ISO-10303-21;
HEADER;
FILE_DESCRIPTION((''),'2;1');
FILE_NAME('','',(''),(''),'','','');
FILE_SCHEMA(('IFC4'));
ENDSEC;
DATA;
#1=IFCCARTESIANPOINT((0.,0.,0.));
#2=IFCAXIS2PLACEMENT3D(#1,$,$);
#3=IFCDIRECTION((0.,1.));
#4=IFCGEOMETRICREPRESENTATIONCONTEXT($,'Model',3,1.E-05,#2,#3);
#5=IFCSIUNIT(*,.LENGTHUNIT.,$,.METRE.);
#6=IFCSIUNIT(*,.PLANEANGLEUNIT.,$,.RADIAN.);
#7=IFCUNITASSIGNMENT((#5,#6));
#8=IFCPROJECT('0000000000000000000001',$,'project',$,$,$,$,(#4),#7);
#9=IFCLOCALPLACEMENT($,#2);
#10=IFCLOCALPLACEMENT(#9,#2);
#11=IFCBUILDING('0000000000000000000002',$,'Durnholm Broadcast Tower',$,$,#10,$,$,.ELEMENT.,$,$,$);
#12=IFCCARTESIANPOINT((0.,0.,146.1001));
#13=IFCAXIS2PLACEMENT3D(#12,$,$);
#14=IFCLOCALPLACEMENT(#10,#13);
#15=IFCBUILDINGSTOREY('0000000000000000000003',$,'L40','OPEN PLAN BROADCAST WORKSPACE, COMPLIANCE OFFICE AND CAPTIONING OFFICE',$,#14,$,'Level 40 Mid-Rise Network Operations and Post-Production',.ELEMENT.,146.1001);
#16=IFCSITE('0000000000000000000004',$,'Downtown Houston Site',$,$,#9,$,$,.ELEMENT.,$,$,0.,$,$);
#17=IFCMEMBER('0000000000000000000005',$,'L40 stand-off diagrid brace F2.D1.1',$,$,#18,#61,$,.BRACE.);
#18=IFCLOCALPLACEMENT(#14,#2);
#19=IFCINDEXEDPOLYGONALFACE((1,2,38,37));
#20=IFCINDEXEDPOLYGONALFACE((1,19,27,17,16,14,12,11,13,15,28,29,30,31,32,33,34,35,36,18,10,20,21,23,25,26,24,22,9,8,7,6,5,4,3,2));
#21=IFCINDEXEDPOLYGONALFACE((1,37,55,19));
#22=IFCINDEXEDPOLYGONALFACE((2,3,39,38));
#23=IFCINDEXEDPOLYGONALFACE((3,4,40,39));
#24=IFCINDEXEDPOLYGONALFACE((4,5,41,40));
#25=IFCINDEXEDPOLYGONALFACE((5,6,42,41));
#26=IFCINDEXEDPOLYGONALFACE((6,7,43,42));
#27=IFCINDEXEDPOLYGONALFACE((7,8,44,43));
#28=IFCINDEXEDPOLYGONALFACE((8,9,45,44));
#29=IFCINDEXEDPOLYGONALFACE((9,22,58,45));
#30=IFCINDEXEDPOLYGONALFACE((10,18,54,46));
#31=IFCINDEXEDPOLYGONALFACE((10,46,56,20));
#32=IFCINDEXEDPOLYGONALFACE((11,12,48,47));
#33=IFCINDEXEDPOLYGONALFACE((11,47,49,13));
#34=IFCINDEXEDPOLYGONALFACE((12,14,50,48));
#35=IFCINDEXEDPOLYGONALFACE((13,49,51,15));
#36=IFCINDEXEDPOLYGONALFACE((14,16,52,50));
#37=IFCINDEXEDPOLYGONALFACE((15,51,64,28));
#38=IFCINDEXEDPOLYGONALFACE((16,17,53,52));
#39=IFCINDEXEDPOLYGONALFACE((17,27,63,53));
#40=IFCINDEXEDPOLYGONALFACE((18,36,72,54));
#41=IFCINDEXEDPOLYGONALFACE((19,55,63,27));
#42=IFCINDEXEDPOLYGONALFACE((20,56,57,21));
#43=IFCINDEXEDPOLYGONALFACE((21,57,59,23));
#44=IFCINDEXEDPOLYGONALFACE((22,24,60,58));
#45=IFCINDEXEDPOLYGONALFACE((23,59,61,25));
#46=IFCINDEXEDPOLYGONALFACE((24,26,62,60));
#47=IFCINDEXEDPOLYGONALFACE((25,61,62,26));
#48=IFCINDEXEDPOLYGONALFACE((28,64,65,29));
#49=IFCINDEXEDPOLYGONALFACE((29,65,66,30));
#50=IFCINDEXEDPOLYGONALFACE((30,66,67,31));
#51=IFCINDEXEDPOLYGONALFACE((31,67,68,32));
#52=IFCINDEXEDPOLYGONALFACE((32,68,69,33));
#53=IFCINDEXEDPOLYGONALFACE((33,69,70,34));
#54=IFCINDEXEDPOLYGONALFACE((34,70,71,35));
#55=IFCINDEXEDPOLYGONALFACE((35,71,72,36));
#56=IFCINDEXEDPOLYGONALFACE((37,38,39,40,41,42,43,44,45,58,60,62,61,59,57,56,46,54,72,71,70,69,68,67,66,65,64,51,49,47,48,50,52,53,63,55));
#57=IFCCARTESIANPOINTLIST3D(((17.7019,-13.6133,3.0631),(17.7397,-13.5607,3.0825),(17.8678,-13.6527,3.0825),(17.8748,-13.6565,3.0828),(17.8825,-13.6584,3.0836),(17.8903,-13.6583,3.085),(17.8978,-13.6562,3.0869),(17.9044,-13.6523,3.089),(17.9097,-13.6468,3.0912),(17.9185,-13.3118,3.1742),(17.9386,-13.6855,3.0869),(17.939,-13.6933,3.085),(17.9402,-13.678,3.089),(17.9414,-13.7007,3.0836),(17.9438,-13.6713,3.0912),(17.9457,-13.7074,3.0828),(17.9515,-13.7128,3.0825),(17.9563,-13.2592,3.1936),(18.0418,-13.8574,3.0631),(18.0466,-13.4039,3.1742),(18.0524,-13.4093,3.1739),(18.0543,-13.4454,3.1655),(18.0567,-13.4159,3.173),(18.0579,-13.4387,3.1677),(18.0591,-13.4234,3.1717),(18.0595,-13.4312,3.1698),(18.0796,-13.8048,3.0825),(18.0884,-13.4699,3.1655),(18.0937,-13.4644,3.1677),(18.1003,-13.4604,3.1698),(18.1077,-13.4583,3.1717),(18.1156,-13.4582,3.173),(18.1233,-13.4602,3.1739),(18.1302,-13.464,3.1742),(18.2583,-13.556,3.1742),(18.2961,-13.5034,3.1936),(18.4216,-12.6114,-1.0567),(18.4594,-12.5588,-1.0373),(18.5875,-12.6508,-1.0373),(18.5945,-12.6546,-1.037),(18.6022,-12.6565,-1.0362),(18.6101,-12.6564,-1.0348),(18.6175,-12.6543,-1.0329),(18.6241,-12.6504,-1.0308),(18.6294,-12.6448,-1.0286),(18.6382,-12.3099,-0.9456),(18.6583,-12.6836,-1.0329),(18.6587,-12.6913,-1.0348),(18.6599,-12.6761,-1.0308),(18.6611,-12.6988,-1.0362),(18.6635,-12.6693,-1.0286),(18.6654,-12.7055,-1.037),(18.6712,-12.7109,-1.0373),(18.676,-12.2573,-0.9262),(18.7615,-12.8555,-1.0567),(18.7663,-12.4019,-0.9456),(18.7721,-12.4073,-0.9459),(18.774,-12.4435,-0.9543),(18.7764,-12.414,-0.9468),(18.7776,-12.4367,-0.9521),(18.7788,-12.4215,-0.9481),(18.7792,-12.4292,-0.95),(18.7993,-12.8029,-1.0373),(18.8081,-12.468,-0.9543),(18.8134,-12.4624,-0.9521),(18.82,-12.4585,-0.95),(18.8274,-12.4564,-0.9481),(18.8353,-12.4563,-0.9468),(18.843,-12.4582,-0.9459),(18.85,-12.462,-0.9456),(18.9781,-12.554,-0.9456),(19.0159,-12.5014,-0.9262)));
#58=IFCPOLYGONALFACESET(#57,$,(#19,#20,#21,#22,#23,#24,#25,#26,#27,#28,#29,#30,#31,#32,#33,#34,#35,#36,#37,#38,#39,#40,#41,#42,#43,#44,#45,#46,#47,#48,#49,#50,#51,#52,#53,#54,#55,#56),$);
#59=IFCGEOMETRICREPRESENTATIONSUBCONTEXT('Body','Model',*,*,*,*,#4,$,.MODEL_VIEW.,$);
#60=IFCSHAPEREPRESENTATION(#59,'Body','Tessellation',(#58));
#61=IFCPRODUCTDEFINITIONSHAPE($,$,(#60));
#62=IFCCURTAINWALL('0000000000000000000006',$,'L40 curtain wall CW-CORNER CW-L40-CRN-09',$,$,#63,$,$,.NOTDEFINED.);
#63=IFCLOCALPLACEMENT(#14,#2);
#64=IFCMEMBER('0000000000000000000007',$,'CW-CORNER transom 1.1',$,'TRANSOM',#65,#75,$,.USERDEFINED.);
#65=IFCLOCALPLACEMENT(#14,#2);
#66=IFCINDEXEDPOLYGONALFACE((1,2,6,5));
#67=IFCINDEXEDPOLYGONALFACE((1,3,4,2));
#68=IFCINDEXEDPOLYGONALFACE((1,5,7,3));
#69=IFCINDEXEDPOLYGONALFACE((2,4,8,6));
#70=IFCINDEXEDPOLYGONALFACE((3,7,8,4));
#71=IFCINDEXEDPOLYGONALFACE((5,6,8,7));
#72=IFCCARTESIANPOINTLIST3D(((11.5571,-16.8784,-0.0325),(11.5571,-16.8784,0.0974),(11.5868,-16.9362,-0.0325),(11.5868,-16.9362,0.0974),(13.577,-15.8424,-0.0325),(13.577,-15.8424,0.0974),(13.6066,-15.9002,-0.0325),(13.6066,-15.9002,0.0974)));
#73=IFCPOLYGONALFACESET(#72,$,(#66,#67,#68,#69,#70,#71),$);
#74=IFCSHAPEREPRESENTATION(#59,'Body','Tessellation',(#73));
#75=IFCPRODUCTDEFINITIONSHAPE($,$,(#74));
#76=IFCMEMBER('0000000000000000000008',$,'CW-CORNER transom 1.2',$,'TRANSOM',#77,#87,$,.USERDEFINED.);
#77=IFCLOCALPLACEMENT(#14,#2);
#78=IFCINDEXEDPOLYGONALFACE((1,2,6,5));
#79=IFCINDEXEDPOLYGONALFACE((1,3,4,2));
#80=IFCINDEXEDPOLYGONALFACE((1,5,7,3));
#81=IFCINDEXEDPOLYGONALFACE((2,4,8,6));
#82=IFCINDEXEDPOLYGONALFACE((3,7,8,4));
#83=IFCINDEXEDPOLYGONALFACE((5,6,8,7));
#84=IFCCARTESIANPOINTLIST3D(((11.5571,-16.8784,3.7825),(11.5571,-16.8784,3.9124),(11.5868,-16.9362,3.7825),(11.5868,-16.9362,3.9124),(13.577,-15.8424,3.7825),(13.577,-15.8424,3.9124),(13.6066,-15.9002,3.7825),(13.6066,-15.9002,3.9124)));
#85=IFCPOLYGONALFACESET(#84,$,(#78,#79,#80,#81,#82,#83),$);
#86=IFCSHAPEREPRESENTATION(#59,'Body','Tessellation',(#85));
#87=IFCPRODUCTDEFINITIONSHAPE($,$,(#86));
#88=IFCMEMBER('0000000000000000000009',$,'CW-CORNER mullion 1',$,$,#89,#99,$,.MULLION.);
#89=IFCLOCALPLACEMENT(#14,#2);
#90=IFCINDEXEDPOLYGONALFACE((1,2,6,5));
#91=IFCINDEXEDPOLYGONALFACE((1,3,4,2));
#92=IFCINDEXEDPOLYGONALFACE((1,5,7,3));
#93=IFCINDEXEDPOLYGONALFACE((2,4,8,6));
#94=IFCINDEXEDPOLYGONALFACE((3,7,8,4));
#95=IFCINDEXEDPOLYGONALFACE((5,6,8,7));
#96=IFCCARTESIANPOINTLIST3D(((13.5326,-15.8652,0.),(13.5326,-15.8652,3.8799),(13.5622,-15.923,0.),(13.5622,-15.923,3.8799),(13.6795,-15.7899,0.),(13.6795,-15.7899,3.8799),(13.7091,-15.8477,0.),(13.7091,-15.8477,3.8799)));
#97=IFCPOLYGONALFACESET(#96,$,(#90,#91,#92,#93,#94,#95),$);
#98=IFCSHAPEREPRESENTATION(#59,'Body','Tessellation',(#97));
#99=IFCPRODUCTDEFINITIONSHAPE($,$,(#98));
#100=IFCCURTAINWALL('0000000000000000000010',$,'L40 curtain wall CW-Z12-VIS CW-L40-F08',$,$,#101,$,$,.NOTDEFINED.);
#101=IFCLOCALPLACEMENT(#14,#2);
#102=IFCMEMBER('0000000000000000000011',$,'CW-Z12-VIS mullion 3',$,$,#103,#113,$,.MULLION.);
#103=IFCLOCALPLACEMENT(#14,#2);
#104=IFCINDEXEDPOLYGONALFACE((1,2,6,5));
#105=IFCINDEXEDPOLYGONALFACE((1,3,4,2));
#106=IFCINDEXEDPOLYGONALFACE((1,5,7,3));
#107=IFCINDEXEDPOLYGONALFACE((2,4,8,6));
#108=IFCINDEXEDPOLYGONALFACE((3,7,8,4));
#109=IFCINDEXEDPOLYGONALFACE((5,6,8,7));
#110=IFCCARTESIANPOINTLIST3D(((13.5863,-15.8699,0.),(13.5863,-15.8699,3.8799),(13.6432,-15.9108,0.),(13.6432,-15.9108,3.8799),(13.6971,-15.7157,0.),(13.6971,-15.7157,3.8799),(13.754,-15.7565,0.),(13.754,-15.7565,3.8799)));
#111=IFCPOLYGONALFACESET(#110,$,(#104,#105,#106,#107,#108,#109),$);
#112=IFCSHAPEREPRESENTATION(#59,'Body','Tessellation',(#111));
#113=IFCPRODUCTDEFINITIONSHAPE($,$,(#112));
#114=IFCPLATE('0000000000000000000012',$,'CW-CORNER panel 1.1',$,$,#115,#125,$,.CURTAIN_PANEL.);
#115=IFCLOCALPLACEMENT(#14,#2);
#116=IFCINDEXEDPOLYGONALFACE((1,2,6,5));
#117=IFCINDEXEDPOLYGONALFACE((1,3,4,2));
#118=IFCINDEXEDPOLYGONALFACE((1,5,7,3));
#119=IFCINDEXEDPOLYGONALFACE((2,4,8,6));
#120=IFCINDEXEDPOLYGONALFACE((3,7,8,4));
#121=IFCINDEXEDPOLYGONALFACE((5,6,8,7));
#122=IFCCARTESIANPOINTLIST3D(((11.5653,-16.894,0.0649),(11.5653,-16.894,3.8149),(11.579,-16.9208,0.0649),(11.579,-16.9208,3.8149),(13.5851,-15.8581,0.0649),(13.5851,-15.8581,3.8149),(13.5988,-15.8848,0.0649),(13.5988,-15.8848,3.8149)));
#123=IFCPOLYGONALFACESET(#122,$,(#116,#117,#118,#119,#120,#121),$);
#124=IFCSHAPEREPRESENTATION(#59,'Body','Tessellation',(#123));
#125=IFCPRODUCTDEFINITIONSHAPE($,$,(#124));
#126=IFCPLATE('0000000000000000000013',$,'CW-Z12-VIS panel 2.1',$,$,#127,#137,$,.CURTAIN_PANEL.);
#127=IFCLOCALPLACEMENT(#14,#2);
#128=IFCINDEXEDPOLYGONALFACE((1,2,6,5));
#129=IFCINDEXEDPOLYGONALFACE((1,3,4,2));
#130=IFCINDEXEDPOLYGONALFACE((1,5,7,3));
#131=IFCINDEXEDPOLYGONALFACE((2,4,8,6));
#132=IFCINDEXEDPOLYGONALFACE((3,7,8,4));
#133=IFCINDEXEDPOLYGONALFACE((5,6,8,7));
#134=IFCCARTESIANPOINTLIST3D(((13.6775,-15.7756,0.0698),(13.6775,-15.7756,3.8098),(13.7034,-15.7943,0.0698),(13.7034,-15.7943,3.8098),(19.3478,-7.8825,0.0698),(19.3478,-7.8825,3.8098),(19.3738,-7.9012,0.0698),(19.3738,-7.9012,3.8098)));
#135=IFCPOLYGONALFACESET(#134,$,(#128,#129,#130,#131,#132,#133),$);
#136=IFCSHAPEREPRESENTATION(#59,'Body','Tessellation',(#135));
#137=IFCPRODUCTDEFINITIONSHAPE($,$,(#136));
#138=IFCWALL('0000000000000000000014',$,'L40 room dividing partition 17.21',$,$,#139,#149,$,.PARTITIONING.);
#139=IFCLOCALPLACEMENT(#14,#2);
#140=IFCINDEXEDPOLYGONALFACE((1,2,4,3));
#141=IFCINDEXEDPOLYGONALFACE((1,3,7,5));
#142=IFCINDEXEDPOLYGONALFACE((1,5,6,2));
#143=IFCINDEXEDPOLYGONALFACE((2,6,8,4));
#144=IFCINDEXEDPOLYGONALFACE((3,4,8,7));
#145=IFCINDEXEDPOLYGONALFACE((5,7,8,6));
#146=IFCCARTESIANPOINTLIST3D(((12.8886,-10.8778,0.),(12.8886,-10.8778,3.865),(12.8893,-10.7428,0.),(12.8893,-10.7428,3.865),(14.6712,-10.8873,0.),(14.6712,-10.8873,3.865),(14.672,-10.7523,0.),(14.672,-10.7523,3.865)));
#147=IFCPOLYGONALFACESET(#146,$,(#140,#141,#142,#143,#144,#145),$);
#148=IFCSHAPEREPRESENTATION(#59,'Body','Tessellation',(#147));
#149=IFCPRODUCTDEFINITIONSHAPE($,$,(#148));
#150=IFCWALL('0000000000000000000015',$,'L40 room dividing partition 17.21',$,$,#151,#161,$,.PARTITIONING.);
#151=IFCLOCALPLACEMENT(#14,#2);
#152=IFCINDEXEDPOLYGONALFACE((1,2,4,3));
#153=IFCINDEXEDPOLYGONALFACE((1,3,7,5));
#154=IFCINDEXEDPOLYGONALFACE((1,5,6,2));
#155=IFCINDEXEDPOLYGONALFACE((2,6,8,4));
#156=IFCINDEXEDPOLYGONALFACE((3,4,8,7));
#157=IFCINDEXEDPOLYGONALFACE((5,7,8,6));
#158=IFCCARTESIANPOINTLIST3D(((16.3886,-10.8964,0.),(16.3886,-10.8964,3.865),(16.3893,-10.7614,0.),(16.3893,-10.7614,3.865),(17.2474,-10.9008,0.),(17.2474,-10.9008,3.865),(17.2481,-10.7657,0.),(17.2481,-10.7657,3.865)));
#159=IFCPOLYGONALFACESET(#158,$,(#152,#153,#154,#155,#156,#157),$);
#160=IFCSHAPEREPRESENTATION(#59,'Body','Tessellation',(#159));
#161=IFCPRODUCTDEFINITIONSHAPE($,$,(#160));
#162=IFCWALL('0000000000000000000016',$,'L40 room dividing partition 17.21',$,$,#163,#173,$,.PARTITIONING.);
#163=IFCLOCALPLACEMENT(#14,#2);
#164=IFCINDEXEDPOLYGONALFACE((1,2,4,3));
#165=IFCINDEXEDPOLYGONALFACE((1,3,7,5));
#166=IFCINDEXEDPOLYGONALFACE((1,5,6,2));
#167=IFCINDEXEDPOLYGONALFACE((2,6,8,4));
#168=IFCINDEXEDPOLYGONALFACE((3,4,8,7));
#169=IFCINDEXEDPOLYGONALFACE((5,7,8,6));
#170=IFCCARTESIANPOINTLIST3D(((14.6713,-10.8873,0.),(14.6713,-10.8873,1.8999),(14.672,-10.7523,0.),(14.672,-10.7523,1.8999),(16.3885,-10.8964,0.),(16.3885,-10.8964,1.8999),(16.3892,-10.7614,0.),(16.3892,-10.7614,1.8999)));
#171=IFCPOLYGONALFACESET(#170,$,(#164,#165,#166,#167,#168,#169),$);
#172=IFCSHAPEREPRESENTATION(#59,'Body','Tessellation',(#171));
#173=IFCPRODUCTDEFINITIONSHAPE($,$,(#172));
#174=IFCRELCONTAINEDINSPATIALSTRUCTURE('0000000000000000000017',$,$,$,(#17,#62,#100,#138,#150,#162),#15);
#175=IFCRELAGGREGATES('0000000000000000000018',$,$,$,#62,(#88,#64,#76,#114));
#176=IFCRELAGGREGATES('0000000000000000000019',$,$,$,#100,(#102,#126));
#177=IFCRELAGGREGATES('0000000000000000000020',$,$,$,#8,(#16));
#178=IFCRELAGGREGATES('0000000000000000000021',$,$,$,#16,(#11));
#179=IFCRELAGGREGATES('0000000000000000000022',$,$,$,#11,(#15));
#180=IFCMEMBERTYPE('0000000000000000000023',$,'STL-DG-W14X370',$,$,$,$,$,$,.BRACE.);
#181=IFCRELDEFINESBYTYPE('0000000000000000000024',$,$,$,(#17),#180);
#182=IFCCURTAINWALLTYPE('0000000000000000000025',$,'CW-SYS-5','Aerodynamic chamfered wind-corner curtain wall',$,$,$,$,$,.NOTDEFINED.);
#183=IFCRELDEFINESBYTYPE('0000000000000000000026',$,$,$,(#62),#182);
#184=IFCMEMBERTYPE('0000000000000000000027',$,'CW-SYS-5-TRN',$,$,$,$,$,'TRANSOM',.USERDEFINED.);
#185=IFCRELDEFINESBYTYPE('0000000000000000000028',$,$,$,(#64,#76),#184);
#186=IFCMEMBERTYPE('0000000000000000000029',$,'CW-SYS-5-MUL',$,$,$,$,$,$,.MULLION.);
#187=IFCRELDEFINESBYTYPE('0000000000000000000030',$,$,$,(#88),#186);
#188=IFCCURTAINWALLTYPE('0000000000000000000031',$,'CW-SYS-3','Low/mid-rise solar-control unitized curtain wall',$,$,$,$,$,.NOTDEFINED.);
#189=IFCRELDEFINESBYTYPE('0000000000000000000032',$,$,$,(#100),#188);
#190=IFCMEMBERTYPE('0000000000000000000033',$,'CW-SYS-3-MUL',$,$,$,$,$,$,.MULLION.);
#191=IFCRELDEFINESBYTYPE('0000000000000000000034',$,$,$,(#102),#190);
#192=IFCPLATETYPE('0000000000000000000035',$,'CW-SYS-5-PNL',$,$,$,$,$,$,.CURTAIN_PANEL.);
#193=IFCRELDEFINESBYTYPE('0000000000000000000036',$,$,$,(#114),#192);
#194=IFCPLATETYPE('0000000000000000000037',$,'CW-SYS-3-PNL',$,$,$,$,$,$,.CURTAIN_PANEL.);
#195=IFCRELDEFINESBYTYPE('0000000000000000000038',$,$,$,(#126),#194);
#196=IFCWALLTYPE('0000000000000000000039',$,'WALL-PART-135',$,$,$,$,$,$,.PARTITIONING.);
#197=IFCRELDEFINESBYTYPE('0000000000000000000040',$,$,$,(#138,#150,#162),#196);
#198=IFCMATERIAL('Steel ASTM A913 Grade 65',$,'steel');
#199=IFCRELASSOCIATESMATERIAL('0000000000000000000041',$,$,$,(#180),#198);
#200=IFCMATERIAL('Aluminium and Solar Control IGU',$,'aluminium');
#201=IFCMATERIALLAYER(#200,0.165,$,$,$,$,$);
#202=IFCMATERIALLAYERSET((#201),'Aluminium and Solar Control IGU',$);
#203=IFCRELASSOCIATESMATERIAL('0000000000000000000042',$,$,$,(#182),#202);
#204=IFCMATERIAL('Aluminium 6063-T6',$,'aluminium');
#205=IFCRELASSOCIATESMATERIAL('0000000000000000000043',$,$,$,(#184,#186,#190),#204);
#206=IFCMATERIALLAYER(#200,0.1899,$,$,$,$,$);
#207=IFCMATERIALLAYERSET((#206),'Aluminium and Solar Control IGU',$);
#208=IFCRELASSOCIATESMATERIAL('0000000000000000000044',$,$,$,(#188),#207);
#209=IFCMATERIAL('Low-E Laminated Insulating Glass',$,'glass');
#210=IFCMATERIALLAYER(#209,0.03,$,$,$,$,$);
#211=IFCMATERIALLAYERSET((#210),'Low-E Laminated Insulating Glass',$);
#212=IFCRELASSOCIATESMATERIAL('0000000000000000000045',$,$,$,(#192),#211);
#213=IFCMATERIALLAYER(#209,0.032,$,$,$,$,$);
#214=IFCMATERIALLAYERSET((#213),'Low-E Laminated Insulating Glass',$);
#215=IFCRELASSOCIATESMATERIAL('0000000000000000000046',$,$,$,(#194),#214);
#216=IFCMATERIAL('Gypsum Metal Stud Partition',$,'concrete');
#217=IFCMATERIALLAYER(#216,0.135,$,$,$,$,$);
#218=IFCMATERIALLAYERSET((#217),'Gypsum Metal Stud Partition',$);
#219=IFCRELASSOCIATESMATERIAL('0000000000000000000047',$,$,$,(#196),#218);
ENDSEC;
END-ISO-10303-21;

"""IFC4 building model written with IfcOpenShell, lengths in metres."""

from ifc_helpers import new_model, si_unit, direction, frame, frame_2d, origin, origin_2d, place, context, subcontext, project, spatial, rectangle, i_section, extrude, source, transform, mapped, material, layer, layer_set, material_profile, profile_set, type_object, type_shapes, element, aggregate, save


model = new_model("IFC4")

# Units and contexts
model_context = context("Model", 3, precision=1e-05, world=origin(), true_north=direction((0.0, 1.0)))
body_context = subcontext(model_context, "Body", "Model", "MODEL_VIEW")
ifc_project = project(units=[si_unit("LENGTHUNIT", "METRE"), si_unit("PLANEANGLEUNIT", "RADIAN")], contexts=[model_context])

# Site, building, storey
site_placement = place(None, origin())
site = spatial("IfcSite", under=ifc_project, at=site_placement, Name="Downtown Houston Site", CompositionType="ELEMENT", RefElevation=0.0)
building_placement = place(site_placement, origin())
building = spatial("IfcBuilding", under=site, at=building_placement, Name="Durnholm Broadcast Tower", CompositionType="ELEMENT")
storey_placement = place(building_placement, frame((0.0, 0.0, 146.1001)))
storey = spatial("IfcBuildingStorey", under=building, at=storey_placement, Name="L40", Description="OPEN PLAN BROADCAST WORKSPACE, COMPLIANCE OFFICE AND CAPTIONING OFFICE", LongName="Level 40 Mid-Rise Network Operations and Post-Production", CompositionType="ELEMENT", Elevation=146.1001)

# Member
ifc_material_1 = material(Name="Steel ASTM A913 Grade 65", Category="steel")
ifc_material_profile_1 = material_profile(ifc_material_1, i_section(OverallWidth=0.4185, OverallDepth=0.4551, WebThickness=0.042, FlangeThickness=0.0676, FilletRadius=0.0305, at=origin_2d()), Name="W14X370")
ifc_profile_set_1 = profile_set([ifc_material_profile_1], Name="Steel ASTM A913 Grade 65")
member_type_1 = type_object("IfcMemberType", Name="STL-DG-W14X370", PredefinedType="BRACE", material=ifc_profile_set_1)
shared_shape_1 = source(origin(), body_context, "Body", "SweptSolid", [
    extrude(i_section(OverallWidth=0.4185, OverallDepth=0.4551, WebThickness=0.042, FlangeThickness=0.0676, FilletRadius=0.0305, at=origin_2d()), origin(), (0.0, 0.0, 1.0), 4.3005),
])
member_1_placement = place(storey_placement, frame((18.7188, -12.5564, -0.9915), z_axis=(-0.167354, -0.232979, 0.957973), x_axis=(0.812179, -0.583408, 0.0)))
element("IfcMember", 1, at=member_1_placement, inside=storey, type_object=member_type_1, Name="L40 stand-off diagrid brace F2.D1.1", PredefinedType="BRACE", context=body_context, shape_type="MappedRepresentation", body=[
    mapped(shared_shape_1, transform((0.0, 0.0, 0.0), x_axis=(1.0, 0.0, 0.0), y_axis=(0.0, 1.0, 0.0), z_axis=(0.0, 0.0, 1.0), scale=1.0)),
])

# Curtain wall, members
ifc_material_2 = material(Name="Aluminium and Solar Control IGU", Category="aluminium")
ifc_layer_1 = layer(ifc_material_2, 0.165)
ifc_layer_set_1 = layer_set([ifc_layer_1], Name="Aluminium and Solar Control IGU")
curtain_wall_type_1 = type_object("IfcCurtainWallType", Name="CW-SYS-5", Description="Aerodynamic chamfered wind-corner curtain wall", PredefinedType="NOTDEFINED", material=ifc_layer_set_1)
curtain_wall_1_placement = place(storey_placement, origin())
curtain_wall_1 = element("IfcCurtainWall", 2, at=curtain_wall_1_placement, inside=storey, type_object=curtain_wall_type_1, Name="L40 curtain wall CW-CORNER CW-L40-CRN-09", PredefinedType="NOTDEFINED")
ifc_material_3 = material(Name="Aluminium 6063-T6", Category="aluminium")
ifc_material_profile_2 = material_profile(ifc_material_3, rectangle(XDim=0.0649, YDim=0.1299, at=origin_2d()), Name="CWT65X130")
ifc_profile_set_2 = profile_set([ifc_material_profile_2], Name="Aluminium 6063-T6")
member_type_2 = type_object("IfcMemberType", Name="CW-SYS-5-TRN", ElementType="TRANSOM", PredefinedType="USERDEFINED", material=ifc_profile_set_2)
shared_shape_2 = source(origin(), body_context, "Body", "SweptSolid", [
    extrude(rectangle(XDim=0.0649, YDim=0.1299, at=origin_2d()), origin(), (0.0, 0.0, 1.0), 2.27),
])
type_shapes(member_type_2, [shared_shape_2])
member_2_placement = place(storey_placement, frame((13.5918, -15.8713, 0.0325), z_axis=(-0.889798, -0.456354, 0.0), x_axis=(0.456354, -0.889798, 0.0)))
member_2 = element("IfcMember", 3, at=member_2_placement, type_object=member_type_2, Name="CW-CORNER transom 1.1", ObjectType="TRANSOM", PredefinedType="USERDEFINED", context=body_context, shape_type="MappedRepresentation", body=[
    mapped(shared_shape_2, transform((0.0, 0.0, 0.0), x_axis=(1.0, 0.0, 0.0), y_axis=(0.0, 1.0, 0.0), z_axis=(0.0, 0.0, 1.0), scale=1.0)),
])
member_3_placement = place(storey_placement, frame((13.5918, -15.8713, 3.8474), z_axis=(-0.889798, -0.456354, 0.0), x_axis=(0.456354, -0.889798, 0.0)))
member_3 = element("IfcMember", 4, at=member_3_placement, type_object=member_type_2, Name="CW-CORNER transom 1.2", ObjectType="TRANSOM", PredefinedType="USERDEFINED", context=body_context, shape_type="MappedRepresentation", body=[
    mapped(shared_shape_2, transform((0.0, 0.0, 0.0), x_axis=(1.0, 0.0, 0.0), y_axis=(0.0, 1.0, 0.0), z_axis=(0.0, 0.0, 1.0), scale=1.0)),
])
ifc_material_profile_3 = material_profile(ifc_material_3, rectangle(XDim=0.0649, YDim=0.165, at=origin_2d()), Name="CWM65X165")
ifc_profile_set_3 = profile_set([ifc_material_profile_3], Name="Aluminium 6063-T6")
member_type_3 = type_object("IfcMemberType", Name="CW-SYS-5-MUL", PredefinedType="MULLION", material=ifc_profile_set_3)
shared_shape_3 = source(origin(), body_context, "Body", "SweptSolid", [
    extrude(rectangle(XDim=0.0649, YDim=0.165, at=origin_2d()), origin(), (0.0, 0.0, 1.0), 3.8799),
])
type_shapes(member_type_3, [shared_shape_3])
member_4_placement = place(storey_placement, frame((13.6208, -15.8564, 0.0), z_axis=(0.0, 0.0, 1.0), x_axis=(0.456373, -0.889788, 0.0)))
member_4 = element("IfcMember", 5, at=member_4_placement, type_object=member_type_3, Name="CW-CORNER mullion 1", PredefinedType="MULLION", context=body_context, shape_type="MappedRepresentation", body=[
    mapped(shared_shape_3, transform((0.0, 0.0, 0.0), x_axis=(1.0, 0.0, 0.0), y_axis=(0.0, 1.0, 0.0), z_axis=(0.0, 0.0, 1.0), scale=1.0)),
])

# Curtain wall, member
ifc_layer_2 = layer(ifc_material_2, 0.1899)
ifc_layer_set_2 = layer_set([ifc_layer_2], Name="Aluminium and Solar Control IGU")
curtain_wall_type_2 = type_object("IfcCurtainWallType", Name="CW-SYS-3", Description="Low/mid-rise solar-control unitized curtain wall", PredefinedType="NOTDEFINED", material=ifc_layer_set_2)
curtain_wall_2_placement = place(storey_placement, origin())
curtain_wall_2 = element("IfcCurtainWall", 6, at=curtain_wall_2_placement, inside=storey, type_object=curtain_wall_type_2, Name="L40 curtain wall CW-Z12-VIS CW-L40-F08", PredefinedType="NOTDEFINED")
ifc_material_profile_4 = material_profile(ifc_material_3, rectangle(XDim=0.0701, YDim=0.1899, at=origin_2d()), Name="CWM70X190")
ifc_profile_set_4 = profile_set([ifc_material_profile_4], Name="Aluminium 6063-T6")
member_type_4 = type_object("IfcMemberType", Name="CW-SYS-3-MUL", PredefinedType="MULLION", material=ifc_profile_set_4)
shared_shape_4 = source(origin(), body_context, "Body", "SweptSolid", [
    extrude(rectangle(XDim=0.0701, YDim=0.1899, at=origin_2d()), origin(), (0.0, 0.0, 1.0), 3.8799),
])
type_shapes(member_type_4, [shared_shape_4])
member_5_placement = place(storey_placement, frame((13.6702, -15.8132, 0.0), z_axis=(0.0, 0.0, 1.0), x_axis=(0.812152, -0.583445, 0.0)))
member_5 = element("IfcMember", 7, at=member_5_placement, type_object=member_type_4, Name="CW-Z12-VIS mullion 3", PredefinedType="MULLION", context=body_context, shape_type="MappedRepresentation", body=[
    mapped(shared_shape_4, transform((0.0, 0.0, 0.0), x_axis=(1.0, 0.0, 0.0), y_axis=(0.0, 1.0, 0.0), z_axis=(0.0, 0.0, 1.0), scale=1.0)),
])

# Plates
ifc_material_4 = material(Name="Low-E Laminated Insulating Glass", Category="glass")
ifc_layer_3 = layer(ifc_material_4, 0.03)
ifc_layer_set_3 = layer_set([ifc_layer_3], Name="Low-E Laminated Insulating Glass")
plate_type_1 = type_object("IfcPlateType", Name="CW-SYS-5-PNL", PredefinedType="CURTAIN_PANEL", material=ifc_layer_set_3)
shared_shape_5 = source(origin(), body_context, "Body", "SweptSolid", [
    extrude(rectangle(XDim=2.27, YDim=0.03, at=origin_2d()), origin(), (0.0, 0.0, 1.0), 3.75),
])
type_shapes(plate_type_1, [shared_shape_5])
plate_1_placement = place(storey_placement, frame((12.582, -16.3894, 0.0649), z_axis=(0.0, 0.0, 1.0), x_axis=(-0.889788, -0.456373, 0.0)))
plate_1 = element("IfcPlate", 8, at=plate_1_placement, type_object=plate_type_1, Name="CW-CORNER panel 1.1", PredefinedType="CURTAIN_PANEL", context=body_context, shape_type="MappedRepresentation", body=[
    mapped(shared_shape_5, transform((0.0, 0.0, 0.0), x_axis=(1.0, 0.0, 0.0), y_axis=(0.0, 1.0, 0.0), z_axis=(0.0, 0.0, 1.0), scale=1.0)),
])
aggregate(curtain_wall_1, [member_4, member_2, member_3, plate_1])
ifc_layer_4 = layer(ifc_material_4, 0.032)
ifc_layer_set_4 = layer_set([ifc_layer_4], Name="Low-E Laminated Insulating Glass")
plate_type_2 = type_object("IfcPlateType", Name="CW-SYS-3-PNL", PredefinedType="CURTAIN_PANEL", material=ifc_layer_set_4)
shared_shape_6 = source(origin(), body_context, "Body", "SweptSolid", [
    extrude(rectangle(XDim=9.7188, YDim=0.032, at=origin_2d()), origin(), (0.0, 0.0, 1.0), 3.74),
])
type_shapes(plate_type_2, [shared_shape_6])
plate_2_placement = place(storey_placement, frame((16.5256, -11.8384, 0.0698), z_axis=(0.0, 0.0, 1.0), x_axis=(-0.583445, -0.812152, 0.0)))
plate_2 = element("IfcPlate", 9, at=plate_2_placement, type_object=plate_type_2, Name="CW-Z12-VIS panel 2.1", PredefinedType="CURTAIN_PANEL", context=body_context, shape_type="MappedRepresentation", body=[
    mapped(shared_shape_6, transform((0.0, 0.0, 0.0), x_axis=(1.0, 0.0, 0.0), y_axis=(0.0, 1.0, 0.0), z_axis=(0.0, 0.0, 1.0), scale=1.0)),
])
aggregate(curtain_wall_2, [member_5, plate_2])

# Walls
ifc_material_5 = material(Name="Gypsum Metal Stud Partition", Category="concrete")
ifc_layer_5 = layer(ifc_material_5, 0.135)
ifc_layer_set_5 = layer_set([ifc_layer_5], Name="Gypsum Metal Stud Partition")
wall_type_1 = type_object("IfcWallType", Name="WALL-PART-135", PredefinedType="PARTITIONING", material=ifc_layer_set_5)
wall_1_placement = place(storey_placement, frame((12.8889, -10.8103, 0.0), z_axis=(0.0, 0.0, 1.0), x_axis=(0.999986, -0.005341, 0.0)))
element("IfcWall", 10, at=wall_1_placement, inside=storey, type_object=wall_type_1, Name="L40 room dividing partition 17.21", PredefinedType="PARTITIONING", context=body_context, shape_type="SweptSolid", body=[
    extrude(rectangle(XDim=1.7827, YDim=0.135, at=frame_2d((0.8914, 0.0))), origin(), (0.0, 0.0, 1.0), 3.865),
])
wall_2_placement = place(storey_placement, frame((16.3889, -10.8289, 0.0), z_axis=(0.0, 0.0, 1.0), x_axis=(0.999987, -0.005116, 0.0)))
element("IfcWall", 11, at=wall_2_placement, inside=storey, type_object=wall_type_1, Name="L40 room dividing partition 17.21", PredefinedType="PARTITIONING", context=body_context, shape_type="SweptSolid", body=[
    extrude(rectangle(XDim=0.8589, YDim=0.135, at=frame_2d((0.4294, 0.0))), origin(), (0.0, 0.0, 1.0), 3.865),
])
wall_3_placement = place(storey_placement, frame((14.6716, -10.8198, 0.0), z_axis=(0.0, 0.0, 1.0), x_axis=(0.999986, -0.00526, 0.0)))
element("IfcWall", 12, at=wall_3_placement, inside=storey, type_object=wall_type_1, Name="L40 room dividing partition 17.21", PredefinedType="PARTITIONING", context=body_context, shape_type="SweptSolid", body=[
    extrude(rectangle(XDim=1.7173, YDim=0.135, at=frame_2d((0.8586, 0.0))), origin(), (0.0, 0.0, 1.0), 1.8999),
])

save(model, "model.ifc")
